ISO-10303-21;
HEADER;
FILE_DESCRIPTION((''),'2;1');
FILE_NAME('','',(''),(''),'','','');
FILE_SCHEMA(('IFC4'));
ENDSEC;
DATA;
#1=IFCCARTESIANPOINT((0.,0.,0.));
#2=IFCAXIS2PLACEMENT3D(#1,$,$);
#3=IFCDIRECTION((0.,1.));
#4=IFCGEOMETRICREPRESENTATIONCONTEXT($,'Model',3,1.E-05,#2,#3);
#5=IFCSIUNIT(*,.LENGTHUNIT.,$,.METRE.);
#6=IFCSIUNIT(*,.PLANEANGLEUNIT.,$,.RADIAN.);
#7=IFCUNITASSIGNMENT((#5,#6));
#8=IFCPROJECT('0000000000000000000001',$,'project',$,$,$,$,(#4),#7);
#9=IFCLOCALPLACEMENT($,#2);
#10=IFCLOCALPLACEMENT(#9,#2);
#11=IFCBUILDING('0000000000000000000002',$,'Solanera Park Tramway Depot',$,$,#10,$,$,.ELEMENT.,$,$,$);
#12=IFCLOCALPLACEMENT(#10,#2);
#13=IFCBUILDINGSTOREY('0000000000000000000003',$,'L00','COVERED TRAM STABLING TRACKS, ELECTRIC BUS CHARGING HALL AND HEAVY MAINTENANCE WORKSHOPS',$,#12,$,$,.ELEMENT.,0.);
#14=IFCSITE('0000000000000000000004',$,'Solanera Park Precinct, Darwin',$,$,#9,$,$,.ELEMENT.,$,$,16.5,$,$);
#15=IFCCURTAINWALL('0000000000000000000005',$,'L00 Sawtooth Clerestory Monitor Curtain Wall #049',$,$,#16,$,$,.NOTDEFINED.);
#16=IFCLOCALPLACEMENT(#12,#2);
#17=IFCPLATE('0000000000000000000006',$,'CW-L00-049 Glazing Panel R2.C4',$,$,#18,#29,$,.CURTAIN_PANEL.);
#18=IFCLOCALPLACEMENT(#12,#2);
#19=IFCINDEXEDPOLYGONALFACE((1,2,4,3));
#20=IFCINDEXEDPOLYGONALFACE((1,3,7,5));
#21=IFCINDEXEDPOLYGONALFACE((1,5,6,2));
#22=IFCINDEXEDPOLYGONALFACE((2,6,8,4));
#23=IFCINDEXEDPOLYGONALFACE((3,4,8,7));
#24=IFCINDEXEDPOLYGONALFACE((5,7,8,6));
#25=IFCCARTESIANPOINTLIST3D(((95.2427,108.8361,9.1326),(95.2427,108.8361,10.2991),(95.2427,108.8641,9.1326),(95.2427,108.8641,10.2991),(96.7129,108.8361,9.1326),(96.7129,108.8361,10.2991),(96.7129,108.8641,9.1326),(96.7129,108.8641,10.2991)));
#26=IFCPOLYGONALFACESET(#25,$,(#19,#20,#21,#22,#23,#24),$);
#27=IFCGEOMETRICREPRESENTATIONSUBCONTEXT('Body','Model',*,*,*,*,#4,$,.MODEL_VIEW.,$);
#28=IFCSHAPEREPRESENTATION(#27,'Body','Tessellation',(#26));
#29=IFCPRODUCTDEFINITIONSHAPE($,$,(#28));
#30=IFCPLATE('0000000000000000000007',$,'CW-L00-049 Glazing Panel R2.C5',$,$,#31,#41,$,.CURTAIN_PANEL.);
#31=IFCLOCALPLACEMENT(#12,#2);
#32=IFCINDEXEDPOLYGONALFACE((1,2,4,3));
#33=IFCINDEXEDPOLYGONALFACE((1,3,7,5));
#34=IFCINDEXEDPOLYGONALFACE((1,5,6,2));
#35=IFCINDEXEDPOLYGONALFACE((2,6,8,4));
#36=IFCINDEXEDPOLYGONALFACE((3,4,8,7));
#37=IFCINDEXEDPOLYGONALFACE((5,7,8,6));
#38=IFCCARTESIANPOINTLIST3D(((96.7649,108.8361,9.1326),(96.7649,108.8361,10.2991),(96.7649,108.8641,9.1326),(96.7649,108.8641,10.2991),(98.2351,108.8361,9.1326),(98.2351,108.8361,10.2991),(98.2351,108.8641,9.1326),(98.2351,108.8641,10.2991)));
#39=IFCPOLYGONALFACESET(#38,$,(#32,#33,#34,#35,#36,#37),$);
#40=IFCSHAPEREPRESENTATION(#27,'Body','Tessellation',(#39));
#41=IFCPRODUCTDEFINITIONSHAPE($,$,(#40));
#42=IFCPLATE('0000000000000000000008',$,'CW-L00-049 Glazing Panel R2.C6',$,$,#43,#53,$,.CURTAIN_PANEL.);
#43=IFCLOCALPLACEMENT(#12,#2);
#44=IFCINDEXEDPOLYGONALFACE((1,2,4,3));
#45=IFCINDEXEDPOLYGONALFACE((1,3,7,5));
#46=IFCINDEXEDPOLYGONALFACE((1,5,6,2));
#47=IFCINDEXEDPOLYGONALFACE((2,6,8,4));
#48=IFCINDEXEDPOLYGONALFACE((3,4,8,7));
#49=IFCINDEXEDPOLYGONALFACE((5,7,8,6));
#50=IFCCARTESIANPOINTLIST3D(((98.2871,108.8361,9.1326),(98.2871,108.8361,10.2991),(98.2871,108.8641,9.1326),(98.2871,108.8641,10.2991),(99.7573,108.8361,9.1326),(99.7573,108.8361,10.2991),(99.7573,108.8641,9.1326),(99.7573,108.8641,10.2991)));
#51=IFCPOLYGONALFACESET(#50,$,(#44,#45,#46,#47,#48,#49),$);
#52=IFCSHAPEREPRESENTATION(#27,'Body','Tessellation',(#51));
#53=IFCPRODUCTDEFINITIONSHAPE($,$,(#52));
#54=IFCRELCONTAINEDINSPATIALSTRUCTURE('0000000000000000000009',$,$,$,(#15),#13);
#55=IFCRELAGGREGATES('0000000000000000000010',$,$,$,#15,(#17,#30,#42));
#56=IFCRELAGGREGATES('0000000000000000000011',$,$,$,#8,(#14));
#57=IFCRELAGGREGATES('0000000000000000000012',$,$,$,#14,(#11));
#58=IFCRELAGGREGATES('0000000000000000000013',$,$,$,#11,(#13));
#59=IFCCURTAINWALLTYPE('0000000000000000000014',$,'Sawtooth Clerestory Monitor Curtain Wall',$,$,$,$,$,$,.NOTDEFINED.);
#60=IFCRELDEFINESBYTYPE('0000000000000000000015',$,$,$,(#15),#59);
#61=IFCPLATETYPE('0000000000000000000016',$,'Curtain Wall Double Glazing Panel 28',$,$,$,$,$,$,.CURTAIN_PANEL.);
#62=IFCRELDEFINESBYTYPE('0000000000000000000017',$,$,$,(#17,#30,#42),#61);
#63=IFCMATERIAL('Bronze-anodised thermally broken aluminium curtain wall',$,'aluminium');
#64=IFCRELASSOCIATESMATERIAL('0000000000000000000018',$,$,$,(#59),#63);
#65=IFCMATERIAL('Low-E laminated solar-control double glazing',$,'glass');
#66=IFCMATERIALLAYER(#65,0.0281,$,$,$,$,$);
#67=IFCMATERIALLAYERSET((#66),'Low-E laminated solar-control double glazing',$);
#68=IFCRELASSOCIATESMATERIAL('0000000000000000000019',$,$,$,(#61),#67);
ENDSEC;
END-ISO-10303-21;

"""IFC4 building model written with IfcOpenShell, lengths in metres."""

from ifc_helpers import new_model, si_unit, direction, frame, origin, origin_2d, place, context, subcontext, project, spatial, rectangle, extrude, material, layer, layer_set, type_object, element, aggregate, save


model = new_model("IFC4")

# Units and contexts
model_context = context("Model", 3, precision=1e-05, world=origin(), true_north=direction((0.0, 1.0)))
body_context = subcontext(model_context, "Body", "Model", "MODEL_VIEW")
ifc_project = project(units=[si_unit("LENGTHUNIT", "METRE"), si_unit("PLANEANGLEUNIT", "RADIAN")], contexts=[model_context])

# Site, building, storey
site_placement = place(None, origin())
site = spatial("IfcSite", under=ifc_project, at=site_placement, Name="Solanera Park Precinct, Darwin", CompositionType="ELEMENT", RefElevation=16.5)
building_placement = place(site_placement, origin())
building = spatial("IfcBuilding", under=site, at=building_placement, Name="Solanera Park Tramway Depot", CompositionType="ELEMENT")
storey_placement = place(building_placement, origin())
storey = spatial("IfcBuildingStorey", under=building, at=storey_placement, Name="L00", Description="COVERED TRAM STABLING TRACKS, ELECTRIC BUS CHARGING HALL AND HEAVY MAINTENANCE WORKSHOPS", CompositionType="ELEMENT", Elevation=0.0)

# Curtain wall, plates
ifc_material_1 = material(Name="Bronze-anodised thermally broken aluminium curtain wall", Category="aluminium")
curtain_wall_type = type_object("IfcCurtainWallType", Name="Sawtooth Clerestory Monitor Curtain Wall", PredefinedType="NOTDEFINED", material=ifc_material_1)
curtain_wall_placement = place(storey_placement, origin())
curtain_wall = element("IfcCurtainWall", 1, at=curtain_wall_placement, inside=storey, type_object=curtain_wall_type, Name="L00 Sawtooth Clerestory Monitor Curtain Wall #049", PredefinedType="NOTDEFINED")
ifc_material_2 = material(Name="Low-E laminated solar-control double glazing", Category="glass")
ifc_layer = layer(ifc_material_2, 0.0281)
ifc_layer_set = layer_set([ifc_layer], Name="Low-E laminated solar-control double glazing")
plate_type = type_object("IfcPlateType", Name="Curtain Wall Double Glazing Panel 28", PredefinedType="CURTAIN_PANEL", material=ifc_layer_set)
plate_1_placement = place(storey_placement, frame((95.9778, 108.8501, 9.1326), z_axis=(0.0, 0.0, 1.0), x_axis=(1.0, 0.0, 0.0)))
plate_1 = element("IfcPlate", 2, at=plate_1_placement, type_object=plate_type, Name="CW-L00-049 Glazing Panel R2.C4", PredefinedType="CURTAIN_PANEL", context=body_context, shape_type="SweptSolid", body=[
    extrude(rectangle(XDim=1.4702, YDim=0.0281, at=origin_2d()), origin(), (0.0, 0.0, 1.0), 1.1665),
])
plate_2_placement = place(storey_placement, frame((97.5, 108.8501, 9.1326), z_axis=(0.0, 0.0, 1.0), x_axis=(1.0, 0.0, 0.0)))
plate_2 = element("IfcPlate", 3, at=plate_2_placement, type_object=plate_type, Name="CW-L00-049 Glazing Panel R2.C5", PredefinedType="CURTAIN_PANEL", context=body_context, shape_type="SweptSolid", body=[
    extrude(rectangle(XDim=1.4702, YDim=0.0281, at=origin_2d()), origin(), (0.0, 0.0, 1.0), 1.1665),
])
plate_3_placement = place(storey_placement, frame((99.0222, 108.8501, 9.1326), z_axis=(0.0, 0.0, 1.0), x_axis=(1.0, 0.0, 0.0)))
plate_3 = element("IfcPlate", 4, at=plate_3_placement, type_object=plate_type, Name="CW-L00-049 Glazing Panel R2.C6", PredefinedType="CURTAIN_PANEL", context=body_context, shape_type="SweptSolid", body=[
    extrude(rectangle(XDim=1.4702, YDim=0.0281, at=origin_2d()), origin(), (0.0, 0.0, 1.0), 1.1665),
])
aggregate(curtain_wall, [plate_1, plate_2, plate_3])

save(model, "model.ifc")
